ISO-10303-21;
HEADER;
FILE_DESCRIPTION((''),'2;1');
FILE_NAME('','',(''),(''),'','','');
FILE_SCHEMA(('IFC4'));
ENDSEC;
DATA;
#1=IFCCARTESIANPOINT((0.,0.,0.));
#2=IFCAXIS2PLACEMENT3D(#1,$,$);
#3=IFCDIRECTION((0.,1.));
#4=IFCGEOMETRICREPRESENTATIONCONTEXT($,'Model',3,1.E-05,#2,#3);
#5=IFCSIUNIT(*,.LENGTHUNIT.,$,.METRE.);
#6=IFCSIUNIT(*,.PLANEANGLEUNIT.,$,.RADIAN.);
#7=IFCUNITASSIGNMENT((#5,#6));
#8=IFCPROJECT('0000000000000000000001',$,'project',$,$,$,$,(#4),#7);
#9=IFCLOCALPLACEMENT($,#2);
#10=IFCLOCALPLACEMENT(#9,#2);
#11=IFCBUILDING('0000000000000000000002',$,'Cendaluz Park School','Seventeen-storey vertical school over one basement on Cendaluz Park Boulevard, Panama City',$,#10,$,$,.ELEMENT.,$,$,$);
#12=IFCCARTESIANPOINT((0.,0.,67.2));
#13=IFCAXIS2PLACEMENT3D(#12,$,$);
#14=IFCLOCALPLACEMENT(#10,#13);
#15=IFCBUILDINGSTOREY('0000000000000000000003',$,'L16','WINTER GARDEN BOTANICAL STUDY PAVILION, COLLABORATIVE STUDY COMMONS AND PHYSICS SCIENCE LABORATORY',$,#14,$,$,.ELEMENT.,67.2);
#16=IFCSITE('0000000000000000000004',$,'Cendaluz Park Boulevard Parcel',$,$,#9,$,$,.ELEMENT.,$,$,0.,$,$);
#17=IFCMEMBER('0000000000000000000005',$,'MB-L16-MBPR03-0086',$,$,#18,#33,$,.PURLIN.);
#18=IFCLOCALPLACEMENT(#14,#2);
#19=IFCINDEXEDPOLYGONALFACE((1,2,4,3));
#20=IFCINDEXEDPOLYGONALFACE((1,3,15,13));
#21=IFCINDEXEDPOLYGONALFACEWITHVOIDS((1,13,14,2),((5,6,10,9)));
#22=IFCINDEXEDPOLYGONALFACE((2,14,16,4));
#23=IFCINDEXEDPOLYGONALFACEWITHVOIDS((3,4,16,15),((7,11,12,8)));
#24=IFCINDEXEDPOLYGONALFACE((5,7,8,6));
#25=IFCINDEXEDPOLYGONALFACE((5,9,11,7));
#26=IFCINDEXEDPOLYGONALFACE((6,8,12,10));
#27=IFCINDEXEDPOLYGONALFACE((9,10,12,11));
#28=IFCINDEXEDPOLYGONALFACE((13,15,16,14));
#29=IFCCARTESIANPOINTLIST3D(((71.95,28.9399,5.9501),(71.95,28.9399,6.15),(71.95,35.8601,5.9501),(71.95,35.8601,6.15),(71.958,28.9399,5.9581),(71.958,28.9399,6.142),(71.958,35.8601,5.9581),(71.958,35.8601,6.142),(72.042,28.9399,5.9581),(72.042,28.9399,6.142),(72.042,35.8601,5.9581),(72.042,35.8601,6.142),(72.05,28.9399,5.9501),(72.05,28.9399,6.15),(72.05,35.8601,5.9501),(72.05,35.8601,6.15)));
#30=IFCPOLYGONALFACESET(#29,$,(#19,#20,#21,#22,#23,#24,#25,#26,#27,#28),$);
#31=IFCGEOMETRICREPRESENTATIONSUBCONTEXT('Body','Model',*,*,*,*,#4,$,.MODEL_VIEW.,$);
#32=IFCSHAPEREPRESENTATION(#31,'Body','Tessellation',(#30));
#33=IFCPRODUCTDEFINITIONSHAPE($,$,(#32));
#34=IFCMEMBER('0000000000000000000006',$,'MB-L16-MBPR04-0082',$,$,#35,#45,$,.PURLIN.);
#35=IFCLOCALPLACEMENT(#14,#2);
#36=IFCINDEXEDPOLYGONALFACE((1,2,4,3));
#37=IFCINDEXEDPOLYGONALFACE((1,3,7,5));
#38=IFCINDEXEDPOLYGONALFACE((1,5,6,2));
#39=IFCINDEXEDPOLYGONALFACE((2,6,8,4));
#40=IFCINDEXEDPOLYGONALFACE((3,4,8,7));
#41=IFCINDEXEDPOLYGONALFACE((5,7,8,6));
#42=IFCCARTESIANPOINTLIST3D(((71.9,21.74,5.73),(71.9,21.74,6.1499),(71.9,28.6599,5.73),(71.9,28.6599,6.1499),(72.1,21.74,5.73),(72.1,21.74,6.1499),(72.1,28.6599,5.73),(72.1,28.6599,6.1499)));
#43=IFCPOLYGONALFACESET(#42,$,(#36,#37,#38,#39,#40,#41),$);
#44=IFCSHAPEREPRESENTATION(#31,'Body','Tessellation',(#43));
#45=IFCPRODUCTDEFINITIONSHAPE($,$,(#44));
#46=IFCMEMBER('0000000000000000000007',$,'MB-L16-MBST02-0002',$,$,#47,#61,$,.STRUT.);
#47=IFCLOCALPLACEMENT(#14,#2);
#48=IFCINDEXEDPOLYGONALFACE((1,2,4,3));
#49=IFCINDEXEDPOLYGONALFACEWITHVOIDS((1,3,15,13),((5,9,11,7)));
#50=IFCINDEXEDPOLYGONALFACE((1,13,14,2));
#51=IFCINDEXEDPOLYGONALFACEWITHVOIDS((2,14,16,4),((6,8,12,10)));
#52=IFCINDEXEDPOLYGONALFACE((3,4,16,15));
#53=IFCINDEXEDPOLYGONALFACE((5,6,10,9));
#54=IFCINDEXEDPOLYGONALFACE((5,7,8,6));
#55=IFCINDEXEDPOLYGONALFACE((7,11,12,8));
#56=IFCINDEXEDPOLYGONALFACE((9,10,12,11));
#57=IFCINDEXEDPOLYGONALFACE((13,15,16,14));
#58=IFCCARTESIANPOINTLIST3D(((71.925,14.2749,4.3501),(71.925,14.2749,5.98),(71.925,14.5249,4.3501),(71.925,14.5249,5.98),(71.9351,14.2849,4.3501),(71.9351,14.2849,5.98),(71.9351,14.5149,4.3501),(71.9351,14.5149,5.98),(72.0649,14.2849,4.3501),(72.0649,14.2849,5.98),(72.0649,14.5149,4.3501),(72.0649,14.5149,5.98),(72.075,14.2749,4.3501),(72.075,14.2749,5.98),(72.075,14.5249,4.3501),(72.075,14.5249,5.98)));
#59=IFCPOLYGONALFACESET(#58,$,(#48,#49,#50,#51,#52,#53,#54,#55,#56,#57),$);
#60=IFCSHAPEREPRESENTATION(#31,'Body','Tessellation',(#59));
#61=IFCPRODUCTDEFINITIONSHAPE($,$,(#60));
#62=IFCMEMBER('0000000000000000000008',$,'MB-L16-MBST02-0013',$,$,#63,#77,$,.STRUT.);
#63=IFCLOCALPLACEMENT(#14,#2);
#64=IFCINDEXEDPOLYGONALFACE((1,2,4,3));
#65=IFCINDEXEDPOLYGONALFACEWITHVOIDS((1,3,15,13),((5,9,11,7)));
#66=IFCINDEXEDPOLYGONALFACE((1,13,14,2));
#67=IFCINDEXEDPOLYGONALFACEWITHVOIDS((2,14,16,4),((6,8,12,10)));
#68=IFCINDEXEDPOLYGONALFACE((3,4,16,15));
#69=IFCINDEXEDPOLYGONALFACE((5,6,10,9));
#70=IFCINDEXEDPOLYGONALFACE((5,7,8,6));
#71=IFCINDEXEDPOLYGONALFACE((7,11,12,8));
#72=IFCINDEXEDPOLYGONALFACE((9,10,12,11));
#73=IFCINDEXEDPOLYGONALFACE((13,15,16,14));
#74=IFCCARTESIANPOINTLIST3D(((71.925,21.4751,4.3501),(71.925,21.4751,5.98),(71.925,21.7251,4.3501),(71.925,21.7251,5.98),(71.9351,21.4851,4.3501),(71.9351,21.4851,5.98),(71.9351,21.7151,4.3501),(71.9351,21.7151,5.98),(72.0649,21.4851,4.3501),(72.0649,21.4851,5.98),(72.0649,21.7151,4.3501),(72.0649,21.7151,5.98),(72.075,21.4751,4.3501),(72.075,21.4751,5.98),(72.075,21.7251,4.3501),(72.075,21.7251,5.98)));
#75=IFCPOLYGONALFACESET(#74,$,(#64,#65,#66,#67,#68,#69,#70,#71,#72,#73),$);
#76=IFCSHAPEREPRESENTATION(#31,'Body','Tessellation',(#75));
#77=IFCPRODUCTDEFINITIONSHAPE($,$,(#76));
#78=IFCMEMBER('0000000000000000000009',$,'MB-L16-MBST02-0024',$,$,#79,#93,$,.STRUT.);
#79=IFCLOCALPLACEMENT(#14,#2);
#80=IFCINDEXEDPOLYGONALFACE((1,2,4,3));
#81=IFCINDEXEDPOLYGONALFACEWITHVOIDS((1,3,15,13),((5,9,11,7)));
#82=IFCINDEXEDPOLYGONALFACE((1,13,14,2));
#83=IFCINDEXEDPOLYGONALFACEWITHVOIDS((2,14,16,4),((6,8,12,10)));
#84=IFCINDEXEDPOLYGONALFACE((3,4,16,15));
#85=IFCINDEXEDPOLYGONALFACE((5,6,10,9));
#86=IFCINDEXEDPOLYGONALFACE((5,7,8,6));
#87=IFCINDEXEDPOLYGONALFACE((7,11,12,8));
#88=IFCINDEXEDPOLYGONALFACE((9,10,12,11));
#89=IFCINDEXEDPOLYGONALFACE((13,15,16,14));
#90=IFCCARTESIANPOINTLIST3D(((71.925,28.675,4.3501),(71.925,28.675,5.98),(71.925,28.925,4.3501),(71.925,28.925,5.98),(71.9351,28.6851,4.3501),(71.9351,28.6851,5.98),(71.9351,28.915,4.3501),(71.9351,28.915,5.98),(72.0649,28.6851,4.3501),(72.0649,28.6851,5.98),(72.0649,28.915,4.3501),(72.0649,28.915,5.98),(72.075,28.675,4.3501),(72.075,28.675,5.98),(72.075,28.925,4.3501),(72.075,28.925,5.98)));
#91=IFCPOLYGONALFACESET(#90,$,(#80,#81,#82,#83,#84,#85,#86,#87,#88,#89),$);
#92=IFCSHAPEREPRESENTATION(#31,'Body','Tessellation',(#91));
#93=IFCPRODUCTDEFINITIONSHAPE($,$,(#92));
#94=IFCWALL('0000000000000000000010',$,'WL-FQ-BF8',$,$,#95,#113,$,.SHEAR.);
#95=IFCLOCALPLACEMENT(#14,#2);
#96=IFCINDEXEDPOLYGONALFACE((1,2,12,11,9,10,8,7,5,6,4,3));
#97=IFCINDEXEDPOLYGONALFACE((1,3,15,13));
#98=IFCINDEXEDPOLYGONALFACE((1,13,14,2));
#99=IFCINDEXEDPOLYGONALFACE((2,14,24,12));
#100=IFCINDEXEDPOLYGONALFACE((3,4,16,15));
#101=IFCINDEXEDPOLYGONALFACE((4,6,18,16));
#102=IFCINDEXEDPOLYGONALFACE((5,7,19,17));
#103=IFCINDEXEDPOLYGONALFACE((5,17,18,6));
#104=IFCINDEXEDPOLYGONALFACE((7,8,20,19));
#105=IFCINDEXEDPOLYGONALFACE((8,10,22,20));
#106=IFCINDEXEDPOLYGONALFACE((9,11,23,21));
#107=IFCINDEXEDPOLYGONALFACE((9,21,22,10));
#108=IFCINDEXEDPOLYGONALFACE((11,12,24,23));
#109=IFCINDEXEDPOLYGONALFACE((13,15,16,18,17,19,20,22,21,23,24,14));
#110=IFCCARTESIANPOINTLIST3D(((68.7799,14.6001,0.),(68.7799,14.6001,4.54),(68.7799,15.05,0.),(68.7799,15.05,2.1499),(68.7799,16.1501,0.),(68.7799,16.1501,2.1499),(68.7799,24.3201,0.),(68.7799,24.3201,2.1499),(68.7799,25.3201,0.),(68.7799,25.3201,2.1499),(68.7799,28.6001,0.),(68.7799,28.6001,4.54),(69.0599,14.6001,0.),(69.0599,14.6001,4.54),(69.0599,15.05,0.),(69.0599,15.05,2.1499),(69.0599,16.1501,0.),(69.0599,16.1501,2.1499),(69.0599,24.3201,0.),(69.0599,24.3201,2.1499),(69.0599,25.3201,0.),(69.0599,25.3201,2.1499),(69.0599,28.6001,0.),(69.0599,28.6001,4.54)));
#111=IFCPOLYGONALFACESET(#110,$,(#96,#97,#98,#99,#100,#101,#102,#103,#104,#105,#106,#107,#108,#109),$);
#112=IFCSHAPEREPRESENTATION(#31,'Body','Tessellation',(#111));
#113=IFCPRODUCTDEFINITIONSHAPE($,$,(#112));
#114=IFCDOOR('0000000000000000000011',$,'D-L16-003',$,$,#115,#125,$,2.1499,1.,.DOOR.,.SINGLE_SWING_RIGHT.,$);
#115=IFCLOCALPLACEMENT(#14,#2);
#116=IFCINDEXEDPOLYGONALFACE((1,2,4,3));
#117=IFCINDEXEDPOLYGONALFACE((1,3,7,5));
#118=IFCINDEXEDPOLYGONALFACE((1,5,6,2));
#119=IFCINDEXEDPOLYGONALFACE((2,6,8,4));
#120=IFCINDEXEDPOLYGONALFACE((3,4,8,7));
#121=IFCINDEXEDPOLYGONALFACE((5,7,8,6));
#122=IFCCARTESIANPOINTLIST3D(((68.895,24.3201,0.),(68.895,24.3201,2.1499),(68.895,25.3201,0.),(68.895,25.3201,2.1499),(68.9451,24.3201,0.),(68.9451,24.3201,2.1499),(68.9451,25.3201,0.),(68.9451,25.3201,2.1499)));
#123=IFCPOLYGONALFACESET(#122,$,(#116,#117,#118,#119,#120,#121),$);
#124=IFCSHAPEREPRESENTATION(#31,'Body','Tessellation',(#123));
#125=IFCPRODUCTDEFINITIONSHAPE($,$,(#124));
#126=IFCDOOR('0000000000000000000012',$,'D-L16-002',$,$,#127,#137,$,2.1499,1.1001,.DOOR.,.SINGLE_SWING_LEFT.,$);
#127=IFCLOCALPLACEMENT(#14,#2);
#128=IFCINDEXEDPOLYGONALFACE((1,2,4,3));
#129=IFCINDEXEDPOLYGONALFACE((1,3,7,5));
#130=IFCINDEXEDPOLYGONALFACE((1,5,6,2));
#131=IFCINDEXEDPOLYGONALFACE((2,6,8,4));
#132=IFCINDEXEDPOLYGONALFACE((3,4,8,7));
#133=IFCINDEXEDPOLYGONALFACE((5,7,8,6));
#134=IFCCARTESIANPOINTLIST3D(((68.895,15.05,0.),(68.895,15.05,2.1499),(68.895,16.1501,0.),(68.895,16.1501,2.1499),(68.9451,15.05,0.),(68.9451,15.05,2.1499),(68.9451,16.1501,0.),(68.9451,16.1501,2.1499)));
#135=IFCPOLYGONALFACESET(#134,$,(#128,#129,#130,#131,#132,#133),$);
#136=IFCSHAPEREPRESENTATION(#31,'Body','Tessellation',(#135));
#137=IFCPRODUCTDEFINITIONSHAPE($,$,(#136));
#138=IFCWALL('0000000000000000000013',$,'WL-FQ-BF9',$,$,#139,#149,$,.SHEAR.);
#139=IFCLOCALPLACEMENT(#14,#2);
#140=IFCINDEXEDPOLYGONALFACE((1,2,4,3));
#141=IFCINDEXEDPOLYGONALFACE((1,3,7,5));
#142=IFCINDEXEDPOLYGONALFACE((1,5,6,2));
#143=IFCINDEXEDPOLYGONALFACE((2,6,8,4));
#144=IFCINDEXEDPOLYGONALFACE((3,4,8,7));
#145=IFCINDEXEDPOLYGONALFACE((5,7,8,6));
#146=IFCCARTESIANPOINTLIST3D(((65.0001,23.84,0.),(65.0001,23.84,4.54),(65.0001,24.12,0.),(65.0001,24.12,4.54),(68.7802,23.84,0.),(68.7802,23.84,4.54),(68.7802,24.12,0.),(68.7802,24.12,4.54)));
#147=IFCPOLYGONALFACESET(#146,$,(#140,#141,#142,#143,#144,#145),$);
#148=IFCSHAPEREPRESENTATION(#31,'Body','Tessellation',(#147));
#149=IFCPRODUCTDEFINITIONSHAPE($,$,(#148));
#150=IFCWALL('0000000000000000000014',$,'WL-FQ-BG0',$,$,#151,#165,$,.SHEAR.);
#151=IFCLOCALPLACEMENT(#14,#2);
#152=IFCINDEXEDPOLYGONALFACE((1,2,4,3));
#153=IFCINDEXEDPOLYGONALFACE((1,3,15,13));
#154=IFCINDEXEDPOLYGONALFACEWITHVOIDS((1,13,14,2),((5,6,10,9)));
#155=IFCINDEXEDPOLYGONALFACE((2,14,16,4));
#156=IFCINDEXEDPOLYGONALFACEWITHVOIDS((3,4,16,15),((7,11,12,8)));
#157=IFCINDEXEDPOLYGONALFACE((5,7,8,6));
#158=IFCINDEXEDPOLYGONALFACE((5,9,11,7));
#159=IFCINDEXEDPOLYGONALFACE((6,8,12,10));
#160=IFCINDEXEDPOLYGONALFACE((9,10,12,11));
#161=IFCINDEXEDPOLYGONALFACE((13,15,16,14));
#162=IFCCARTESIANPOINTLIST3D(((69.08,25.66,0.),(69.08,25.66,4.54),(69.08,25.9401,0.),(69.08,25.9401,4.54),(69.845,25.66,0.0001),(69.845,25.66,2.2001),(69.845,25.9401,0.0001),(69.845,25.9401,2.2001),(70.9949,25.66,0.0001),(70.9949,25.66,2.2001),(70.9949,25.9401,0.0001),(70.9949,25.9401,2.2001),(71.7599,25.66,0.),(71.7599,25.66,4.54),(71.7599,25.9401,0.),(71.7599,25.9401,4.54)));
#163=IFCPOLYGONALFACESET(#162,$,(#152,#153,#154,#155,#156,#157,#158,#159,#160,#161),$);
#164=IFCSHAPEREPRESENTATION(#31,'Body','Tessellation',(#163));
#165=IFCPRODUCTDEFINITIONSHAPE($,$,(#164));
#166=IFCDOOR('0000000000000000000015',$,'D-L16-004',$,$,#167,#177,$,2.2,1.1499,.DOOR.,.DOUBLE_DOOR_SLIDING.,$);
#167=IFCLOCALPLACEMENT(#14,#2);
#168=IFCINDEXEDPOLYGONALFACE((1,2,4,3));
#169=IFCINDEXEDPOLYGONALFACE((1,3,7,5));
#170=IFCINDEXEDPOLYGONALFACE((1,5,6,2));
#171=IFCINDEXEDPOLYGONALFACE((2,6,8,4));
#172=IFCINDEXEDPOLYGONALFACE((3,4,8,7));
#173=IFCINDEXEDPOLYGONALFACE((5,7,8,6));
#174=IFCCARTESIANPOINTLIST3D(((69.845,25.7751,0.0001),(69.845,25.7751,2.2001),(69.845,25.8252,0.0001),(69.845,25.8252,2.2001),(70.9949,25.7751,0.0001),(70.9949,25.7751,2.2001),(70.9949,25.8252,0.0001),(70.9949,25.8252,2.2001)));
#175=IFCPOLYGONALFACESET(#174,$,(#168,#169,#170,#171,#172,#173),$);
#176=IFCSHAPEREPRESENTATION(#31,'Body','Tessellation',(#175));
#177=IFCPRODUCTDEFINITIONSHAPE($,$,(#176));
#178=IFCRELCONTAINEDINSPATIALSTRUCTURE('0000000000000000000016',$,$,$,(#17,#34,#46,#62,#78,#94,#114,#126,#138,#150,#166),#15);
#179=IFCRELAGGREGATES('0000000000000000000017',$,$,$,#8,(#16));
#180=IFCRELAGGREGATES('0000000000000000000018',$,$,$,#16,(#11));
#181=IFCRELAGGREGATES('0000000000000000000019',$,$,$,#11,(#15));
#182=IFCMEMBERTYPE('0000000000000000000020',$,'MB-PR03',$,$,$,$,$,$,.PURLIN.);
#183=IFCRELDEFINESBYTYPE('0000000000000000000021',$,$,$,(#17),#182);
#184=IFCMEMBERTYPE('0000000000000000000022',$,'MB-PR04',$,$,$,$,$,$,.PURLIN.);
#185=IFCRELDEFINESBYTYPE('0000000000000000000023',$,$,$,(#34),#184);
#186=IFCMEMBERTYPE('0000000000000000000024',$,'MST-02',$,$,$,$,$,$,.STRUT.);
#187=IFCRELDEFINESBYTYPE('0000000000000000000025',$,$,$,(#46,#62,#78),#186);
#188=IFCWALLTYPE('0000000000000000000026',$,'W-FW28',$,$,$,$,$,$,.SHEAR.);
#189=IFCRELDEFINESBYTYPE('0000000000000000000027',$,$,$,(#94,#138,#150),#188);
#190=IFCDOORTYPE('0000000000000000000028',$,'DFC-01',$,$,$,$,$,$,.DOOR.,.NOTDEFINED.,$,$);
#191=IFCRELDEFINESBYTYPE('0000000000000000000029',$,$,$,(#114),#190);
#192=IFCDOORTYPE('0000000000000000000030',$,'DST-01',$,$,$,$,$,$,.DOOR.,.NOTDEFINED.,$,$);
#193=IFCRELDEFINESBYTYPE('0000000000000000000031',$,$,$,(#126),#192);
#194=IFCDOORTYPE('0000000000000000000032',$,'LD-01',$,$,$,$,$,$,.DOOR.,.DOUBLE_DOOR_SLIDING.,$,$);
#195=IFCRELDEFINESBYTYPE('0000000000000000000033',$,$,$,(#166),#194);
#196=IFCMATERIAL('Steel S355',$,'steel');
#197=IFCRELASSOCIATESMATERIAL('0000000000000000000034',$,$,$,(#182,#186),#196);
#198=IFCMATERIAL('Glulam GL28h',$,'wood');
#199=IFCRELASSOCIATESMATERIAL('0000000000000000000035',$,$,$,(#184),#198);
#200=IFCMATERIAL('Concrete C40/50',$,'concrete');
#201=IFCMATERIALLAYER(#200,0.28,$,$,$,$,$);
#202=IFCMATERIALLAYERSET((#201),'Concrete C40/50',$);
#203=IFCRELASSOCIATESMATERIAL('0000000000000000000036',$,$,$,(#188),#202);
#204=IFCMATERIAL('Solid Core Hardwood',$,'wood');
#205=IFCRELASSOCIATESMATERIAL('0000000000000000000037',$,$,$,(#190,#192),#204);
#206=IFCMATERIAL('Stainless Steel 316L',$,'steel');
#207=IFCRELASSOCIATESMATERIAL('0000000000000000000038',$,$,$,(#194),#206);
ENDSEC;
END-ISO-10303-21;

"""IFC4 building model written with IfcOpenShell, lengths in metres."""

from ifc_helpers import new_model, si_unit, direction, frame, frame_2d, origin, origin_2d, place, context, subcontext, project, spatial, rectangle, hollow_rectangle, extrude, material, layer, layer_set, material_profile, profile_set, type_object, element, fill, save


model = new_model("IFC4")

# Units and contexts
model_context = context("Model", 3, precision=1e-05, world=origin(), true_north=direction((0.0, 1.0)))
body_context = subcontext(model_context, "Body", "Model", "MODEL_VIEW")
ifc_project = project(units=[si_unit("LENGTHUNIT", "METRE"), si_unit("PLANEANGLEUNIT", "RADIAN")], contexts=[model_context])

# Site, building, storey
site_placement = place(None, origin())
site = spatial("IfcSite", under=ifc_project, at=site_placement, Name="Cendaluz Park Boulevard Parcel", CompositionType="ELEMENT", RefElevation=0.0)
building_placement = place(site_placement, origin())
building = spatial("IfcBuilding", under=site, at=building_placement, Name="Cendaluz Park School", Description="Seventeen-storey vertical school over one basement on Cendaluz Park Boulevard, Panama City", CompositionType="ELEMENT")
storey_placement = place(building_placement, frame((0.0, 0.0, 67.2)))
storey = spatial("IfcBuildingStorey", under=building, at=storey_placement, Name="L16", Description="WINTER GARDEN BOTANICAL STUDY PAVILION, COLLABORATIVE STUDY COMMONS AND PHYSICS SCIENCE LABORATORY", CompositionType="ELEMENT", Elevation=67.2)

# Shared definitions
ifc_material_1 = material(Name="Steel S355", Category="steel")

# Members
ifc_material_2 = material(Name="Glulam GL28h", Category="wood")
ifc_material_profile_1 = material_profile(ifc_material_1, hollow_rectangle(XDim=0.1001, YDim=0.2, WallThickness=0.0081, at=origin_2d()), Name="RHS 200x100x8", Category="steel")
ifc_profile_set_1 = profile_set([ifc_material_profile_1], Name="Steel S355")
member_type_1 = type_object("IfcMemberType", Name="MB-PR03", PredefinedType="PURLIN", material=ifc_profile_set_1)
member_1_placement = place(storey_placement, frame((72.0, 28.9399, 6.05), z_axis=(0.0, 1.0, 0.0), x_axis=(-1.0, 0.0, 0.0)))
element("IfcMember", 1, at=member_1_placement, inside=storey, type_object=member_type_1, Name="MB-L16-MBPR03-0086", PredefinedType="PURLIN", context=body_context, shape_type="SweptSolid", body=[
    extrude(hollow_rectangle(XDim=0.1001, YDim=0.2, WallThickness=0.0081, at=origin_2d()), origin(), (0.0, 0.0, 1.0), 6.9202),
])
ifc_material_profile_2 = material_profile(ifc_material_2, rectangle(XDim=0.2, YDim=0.4199, at=origin_2d()), Name="GL28h 200x420", Category="wood")
ifc_profile_set_2 = profile_set([ifc_material_profile_2], Name="Glulam GL28h")
member_type_2 = type_object("IfcMemberType", Name="MB-PR04", PredefinedType="PURLIN", material=ifc_profile_set_2)
member_2_placement = place(storey_placement, frame((72.0, 21.74, 5.9399), z_axis=(0.0, 1.0, 0.0), x_axis=(-1.0, 0.0, 0.0)))
element("IfcMember", 2, at=member_2_placement, inside=storey, type_object=member_type_2, Name="MB-L16-MBPR04-0082", PredefinedType="PURLIN", context=body_context, shape_type="SweptSolid", body=[
    extrude(rectangle(XDim=0.2, YDim=0.4199, at=origin_2d()), origin(), (0.0, 0.0, 1.0), 6.9199),
])
ifc_material_profile_3 = material_profile(ifc_material_1, hollow_rectangle(XDim=0.1499, YDim=0.25, WallThickness=0.01, at=origin_2d()), Name="RHS 250x150x10", Category="steel")
ifc_profile_set_3 = profile_set([ifc_material_profile_3], Name="Steel S355")
member_type_3 = type_object("IfcMemberType", Name="MST-02", PredefinedType="STRUT", material=ifc_profile_set_3)
for number, where, z_axis, x_axis, name in (
    (3, (72.0, 14.3999, 4.3501), (0.0, 0.0, 1.0), (1.0, 0.0, 0.0), "MB-L16-MBST02-0002"),
    (4, (72.0, 21.6001, 4.3501), (0.0, 0.0, 1.0), (1.0, 0.0, 0.0), "MB-L16-MBST02-0013"),
    (5, (72.0, 28.8, 4.3501), (0.0, 0.0, 1.0), (1.0, 0.0, 0.0), "MB-L16-MBST02-0024"),
):
    element("IfcMember", number, at=place(storey_placement, frame(where, z_axis=z_axis, x_axis=x_axis)), inside=storey, type_object=member_type_3, Name=name, PredefinedType="STRUT", context=body_context, shape_type="SweptSolid", body=[
        extrude(hollow_rectangle(XDim=0.1499, YDim=0.25, WallThickness=0.01, at=origin_2d()), origin(), (0.0, 0.0, 1.0), 1.6299),
    ])

# Wall, openings, doors
ifc_material_3 = material(Name="Concrete C40/50", Category="concrete")
ifc_layer = layer(ifc_material_3, 0.28)
ifc_layer_set = layer_set([ifc_layer], Name="Concrete C40/50")
wall_type = type_object("IfcWallType", Name="W-FW28", PredefinedType="SHEAR", material=ifc_layer_set)
wall_1_placement = place(storey_placement, frame((68.9199, 14.6001, 0.0), z_axis=(0.0, 0.0, 1.0), x_axis=(0.0, 1.0, 0.0)))
wall_1 = element("IfcWall", 6, at=wall_1_placement, inside=storey, type_object=wall_type, Name="WL-FQ-BF8", PredefinedType="SHEAR", context=body_context, shape_type="SweptSolid", body=[
    extrude(rectangle(XDim=14.0, YDim=0.28, at=frame_2d((7.0, 0.0))), origin(), (0.0, 0.0, 1.0), 4.54),
])
opening_1_placement = place(wall_1_placement, frame((0.45, 0.0, 0.0)))
opening_1 = element("IfcOpeningElement", 7, at=opening_1_placement, cuts=wall_1, PredefinedType="OPENING", context=body_context, shape_type="SweptSolid", body=[
    extrude(rectangle(XDim=1.1001, YDim=2.1499, at=frame_2d((0.55, 1.075))), frame((0.0, 0.1521, 0.0), z_axis=(0.0, -1.0, 0.0), x_axis=(1.0, 0.0, 0.0)), (0.0, 0.0, 1.0), 0.304),
])
opening_2_placement = place(wall_1_placement, frame((9.72, 0.0, 0.0)))
opening_2 = element("IfcOpeningElement", 8, at=opening_2_placement, cuts=wall_1, PredefinedType="OPENING", context=body_context, shape_type="SweptSolid", body=[
    extrude(rectangle(XDim=1.0, YDim=2.1499, at=frame_2d((0.5, 1.075))), frame((0.0, 0.1521, 0.0), z_axis=(0.0, -1.0, 0.0), x_axis=(1.0, 0.0, 0.0)), (0.0, 0.0, 1.0), 0.304),
])
ifc_material_4 = material(Name="Solid Core Hardwood", Category="wood")
door_type_1 = type_object("IfcDoorType", Name="DFC-01", OperationType="NOTDEFINED", PredefinedType="DOOR", material=ifc_material_4)
door_1_placement = place(opening_2_placement, origin())
door_1 = element("IfcDoor", 9, at=door_1_placement, inside=storey, type_object=door_type_1, Name="D-L16-003", OperationType="SINGLE_SWING_RIGHT", OverallHeight=2.1499, OverallWidth=1.0, PredefinedType="DOOR", context=body_context, shape_type="SweptSolid", body=[
    extrude(rectangle(XDim=1.0, YDim=2.1499, at=frame_2d((0.5, 1.075))), frame((0.0, 0.0249, 0.0), z_axis=(0.0, -1.0, 0.0), x_axis=(1.0, 0.0, 0.0)), (0.0, 0.0, 1.0), 0.05),
])
fill(opening_2, door_1)
door_type_2 = type_object("IfcDoorType", Name="DST-01", OperationType="NOTDEFINED", PredefinedType="DOOR", material=ifc_material_4)
door_2_placement = place(opening_1_placement, origin())
door_2 = element("IfcDoor", 10, at=door_2_placement, inside=storey, type_object=door_type_2, Name="D-L16-002", OperationType="SINGLE_SWING_LEFT", OverallHeight=2.1499, OverallWidth=1.1001, PredefinedType="DOOR", context=body_context, shape_type="SweptSolid", body=[
    extrude(rectangle(XDim=1.1001, YDim=2.1499, at=frame_2d((0.55, 1.075))), frame((0.0, 0.0249, 0.0), z_axis=(0.0, -1.0, 0.0), x_axis=(1.0, 0.0, 0.0)), (0.0, 0.0, 1.0), 0.05),
])
fill(opening_1, door_2)

# Wall
wall_2_placement = place(storey_placement, frame((65.0, 23.98, 0.0), z_axis=(0.0, 0.0, 1.0), x_axis=(1.0, 0.0, 0.0)))
element("IfcWall", 11, at=wall_2_placement, inside=storey, type_object=wall_type, Name="WL-FQ-BF9", PredefinedType="SHEAR", context=body_context, shape_type="SweptSolid", body=[
    extrude(rectangle(XDim=3.78, YDim=0.28, at=frame_2d((1.8901, 0.0))), origin(), (0.0, 0.0, 1.0), 4.54),
])

# Wall, opening, door
wall_3_placement = place(storey_placement, frame((69.0801, 25.8, 0.0), z_axis=(0.0, 0.0, 1.0), x_axis=(1.0, 0.0, 0.0)))
wall_3 = element("IfcWall", 12, at=wall_3_placement, inside=storey, type_object=wall_type, Name="WL-FQ-BG0", PredefinedType="SHEAR", context=body_context, shape_type="SweptSolid", body=[
    extrude(rectangle(XDim=2.6799, YDim=0.28, at=frame_2d((1.3398, 0.0))), origin(), (0.0, 0.0, 1.0), 4.54),
])
opening_3_placement = place(wall_3_placement, frame((0.7649, 0.0, 0.0)))
opening_3 = element("IfcOpeningElement", 13, at=opening_3_placement, cuts=wall_3, PredefinedType="OPENING", context=body_context, shape_type="SweptSolid", body=[
    extrude(rectangle(XDim=1.1499, YDim=2.2, at=frame_2d((0.575, 1.1001))), frame((0.0, 0.1521, 0.0), z_axis=(0.0, -1.0, 0.0), x_axis=(1.0, 0.0, 0.0)), (0.0, 0.0, 1.0), 0.304),
])
ifc_material_5 = material(Name="Stainless Steel 316L", Category="steel")
door_type_3 = type_object("IfcDoorType", Name="LD-01", OperationType="DOUBLE_DOOR_SLIDING", PredefinedType="DOOR", material=ifc_material_5)
door_3_placement = place(opening_3_placement, frame((1.1499, 0.0, 0.0), z_axis=(0.0, 0.0, 1.0), x_axis=(-1.0, 0.0, 0.0)))
door_3 = element("IfcDoor", 14, at=door_3_placement, inside=storey, type_object=door_type_3, Name="D-L16-004", OperationType="DOUBLE_DOOR_SLIDING", OverallHeight=2.2, OverallWidth=1.1499, PredefinedType="DOOR", context=body_context, shape_type="SweptSolid", body=[
    extrude(rectangle(XDim=1.1499, YDim=2.2, at=frame_2d((0.575, 1.1001))), frame((0.0, 0.0249, 0.0), z_axis=(0.0, -1.0, 0.0), x_axis=(1.0, 0.0, 0.0)), (0.0, 0.0, 1.0), 0.05),
])
fill(opening_3, door_3)

save(model, "model.ifc")
